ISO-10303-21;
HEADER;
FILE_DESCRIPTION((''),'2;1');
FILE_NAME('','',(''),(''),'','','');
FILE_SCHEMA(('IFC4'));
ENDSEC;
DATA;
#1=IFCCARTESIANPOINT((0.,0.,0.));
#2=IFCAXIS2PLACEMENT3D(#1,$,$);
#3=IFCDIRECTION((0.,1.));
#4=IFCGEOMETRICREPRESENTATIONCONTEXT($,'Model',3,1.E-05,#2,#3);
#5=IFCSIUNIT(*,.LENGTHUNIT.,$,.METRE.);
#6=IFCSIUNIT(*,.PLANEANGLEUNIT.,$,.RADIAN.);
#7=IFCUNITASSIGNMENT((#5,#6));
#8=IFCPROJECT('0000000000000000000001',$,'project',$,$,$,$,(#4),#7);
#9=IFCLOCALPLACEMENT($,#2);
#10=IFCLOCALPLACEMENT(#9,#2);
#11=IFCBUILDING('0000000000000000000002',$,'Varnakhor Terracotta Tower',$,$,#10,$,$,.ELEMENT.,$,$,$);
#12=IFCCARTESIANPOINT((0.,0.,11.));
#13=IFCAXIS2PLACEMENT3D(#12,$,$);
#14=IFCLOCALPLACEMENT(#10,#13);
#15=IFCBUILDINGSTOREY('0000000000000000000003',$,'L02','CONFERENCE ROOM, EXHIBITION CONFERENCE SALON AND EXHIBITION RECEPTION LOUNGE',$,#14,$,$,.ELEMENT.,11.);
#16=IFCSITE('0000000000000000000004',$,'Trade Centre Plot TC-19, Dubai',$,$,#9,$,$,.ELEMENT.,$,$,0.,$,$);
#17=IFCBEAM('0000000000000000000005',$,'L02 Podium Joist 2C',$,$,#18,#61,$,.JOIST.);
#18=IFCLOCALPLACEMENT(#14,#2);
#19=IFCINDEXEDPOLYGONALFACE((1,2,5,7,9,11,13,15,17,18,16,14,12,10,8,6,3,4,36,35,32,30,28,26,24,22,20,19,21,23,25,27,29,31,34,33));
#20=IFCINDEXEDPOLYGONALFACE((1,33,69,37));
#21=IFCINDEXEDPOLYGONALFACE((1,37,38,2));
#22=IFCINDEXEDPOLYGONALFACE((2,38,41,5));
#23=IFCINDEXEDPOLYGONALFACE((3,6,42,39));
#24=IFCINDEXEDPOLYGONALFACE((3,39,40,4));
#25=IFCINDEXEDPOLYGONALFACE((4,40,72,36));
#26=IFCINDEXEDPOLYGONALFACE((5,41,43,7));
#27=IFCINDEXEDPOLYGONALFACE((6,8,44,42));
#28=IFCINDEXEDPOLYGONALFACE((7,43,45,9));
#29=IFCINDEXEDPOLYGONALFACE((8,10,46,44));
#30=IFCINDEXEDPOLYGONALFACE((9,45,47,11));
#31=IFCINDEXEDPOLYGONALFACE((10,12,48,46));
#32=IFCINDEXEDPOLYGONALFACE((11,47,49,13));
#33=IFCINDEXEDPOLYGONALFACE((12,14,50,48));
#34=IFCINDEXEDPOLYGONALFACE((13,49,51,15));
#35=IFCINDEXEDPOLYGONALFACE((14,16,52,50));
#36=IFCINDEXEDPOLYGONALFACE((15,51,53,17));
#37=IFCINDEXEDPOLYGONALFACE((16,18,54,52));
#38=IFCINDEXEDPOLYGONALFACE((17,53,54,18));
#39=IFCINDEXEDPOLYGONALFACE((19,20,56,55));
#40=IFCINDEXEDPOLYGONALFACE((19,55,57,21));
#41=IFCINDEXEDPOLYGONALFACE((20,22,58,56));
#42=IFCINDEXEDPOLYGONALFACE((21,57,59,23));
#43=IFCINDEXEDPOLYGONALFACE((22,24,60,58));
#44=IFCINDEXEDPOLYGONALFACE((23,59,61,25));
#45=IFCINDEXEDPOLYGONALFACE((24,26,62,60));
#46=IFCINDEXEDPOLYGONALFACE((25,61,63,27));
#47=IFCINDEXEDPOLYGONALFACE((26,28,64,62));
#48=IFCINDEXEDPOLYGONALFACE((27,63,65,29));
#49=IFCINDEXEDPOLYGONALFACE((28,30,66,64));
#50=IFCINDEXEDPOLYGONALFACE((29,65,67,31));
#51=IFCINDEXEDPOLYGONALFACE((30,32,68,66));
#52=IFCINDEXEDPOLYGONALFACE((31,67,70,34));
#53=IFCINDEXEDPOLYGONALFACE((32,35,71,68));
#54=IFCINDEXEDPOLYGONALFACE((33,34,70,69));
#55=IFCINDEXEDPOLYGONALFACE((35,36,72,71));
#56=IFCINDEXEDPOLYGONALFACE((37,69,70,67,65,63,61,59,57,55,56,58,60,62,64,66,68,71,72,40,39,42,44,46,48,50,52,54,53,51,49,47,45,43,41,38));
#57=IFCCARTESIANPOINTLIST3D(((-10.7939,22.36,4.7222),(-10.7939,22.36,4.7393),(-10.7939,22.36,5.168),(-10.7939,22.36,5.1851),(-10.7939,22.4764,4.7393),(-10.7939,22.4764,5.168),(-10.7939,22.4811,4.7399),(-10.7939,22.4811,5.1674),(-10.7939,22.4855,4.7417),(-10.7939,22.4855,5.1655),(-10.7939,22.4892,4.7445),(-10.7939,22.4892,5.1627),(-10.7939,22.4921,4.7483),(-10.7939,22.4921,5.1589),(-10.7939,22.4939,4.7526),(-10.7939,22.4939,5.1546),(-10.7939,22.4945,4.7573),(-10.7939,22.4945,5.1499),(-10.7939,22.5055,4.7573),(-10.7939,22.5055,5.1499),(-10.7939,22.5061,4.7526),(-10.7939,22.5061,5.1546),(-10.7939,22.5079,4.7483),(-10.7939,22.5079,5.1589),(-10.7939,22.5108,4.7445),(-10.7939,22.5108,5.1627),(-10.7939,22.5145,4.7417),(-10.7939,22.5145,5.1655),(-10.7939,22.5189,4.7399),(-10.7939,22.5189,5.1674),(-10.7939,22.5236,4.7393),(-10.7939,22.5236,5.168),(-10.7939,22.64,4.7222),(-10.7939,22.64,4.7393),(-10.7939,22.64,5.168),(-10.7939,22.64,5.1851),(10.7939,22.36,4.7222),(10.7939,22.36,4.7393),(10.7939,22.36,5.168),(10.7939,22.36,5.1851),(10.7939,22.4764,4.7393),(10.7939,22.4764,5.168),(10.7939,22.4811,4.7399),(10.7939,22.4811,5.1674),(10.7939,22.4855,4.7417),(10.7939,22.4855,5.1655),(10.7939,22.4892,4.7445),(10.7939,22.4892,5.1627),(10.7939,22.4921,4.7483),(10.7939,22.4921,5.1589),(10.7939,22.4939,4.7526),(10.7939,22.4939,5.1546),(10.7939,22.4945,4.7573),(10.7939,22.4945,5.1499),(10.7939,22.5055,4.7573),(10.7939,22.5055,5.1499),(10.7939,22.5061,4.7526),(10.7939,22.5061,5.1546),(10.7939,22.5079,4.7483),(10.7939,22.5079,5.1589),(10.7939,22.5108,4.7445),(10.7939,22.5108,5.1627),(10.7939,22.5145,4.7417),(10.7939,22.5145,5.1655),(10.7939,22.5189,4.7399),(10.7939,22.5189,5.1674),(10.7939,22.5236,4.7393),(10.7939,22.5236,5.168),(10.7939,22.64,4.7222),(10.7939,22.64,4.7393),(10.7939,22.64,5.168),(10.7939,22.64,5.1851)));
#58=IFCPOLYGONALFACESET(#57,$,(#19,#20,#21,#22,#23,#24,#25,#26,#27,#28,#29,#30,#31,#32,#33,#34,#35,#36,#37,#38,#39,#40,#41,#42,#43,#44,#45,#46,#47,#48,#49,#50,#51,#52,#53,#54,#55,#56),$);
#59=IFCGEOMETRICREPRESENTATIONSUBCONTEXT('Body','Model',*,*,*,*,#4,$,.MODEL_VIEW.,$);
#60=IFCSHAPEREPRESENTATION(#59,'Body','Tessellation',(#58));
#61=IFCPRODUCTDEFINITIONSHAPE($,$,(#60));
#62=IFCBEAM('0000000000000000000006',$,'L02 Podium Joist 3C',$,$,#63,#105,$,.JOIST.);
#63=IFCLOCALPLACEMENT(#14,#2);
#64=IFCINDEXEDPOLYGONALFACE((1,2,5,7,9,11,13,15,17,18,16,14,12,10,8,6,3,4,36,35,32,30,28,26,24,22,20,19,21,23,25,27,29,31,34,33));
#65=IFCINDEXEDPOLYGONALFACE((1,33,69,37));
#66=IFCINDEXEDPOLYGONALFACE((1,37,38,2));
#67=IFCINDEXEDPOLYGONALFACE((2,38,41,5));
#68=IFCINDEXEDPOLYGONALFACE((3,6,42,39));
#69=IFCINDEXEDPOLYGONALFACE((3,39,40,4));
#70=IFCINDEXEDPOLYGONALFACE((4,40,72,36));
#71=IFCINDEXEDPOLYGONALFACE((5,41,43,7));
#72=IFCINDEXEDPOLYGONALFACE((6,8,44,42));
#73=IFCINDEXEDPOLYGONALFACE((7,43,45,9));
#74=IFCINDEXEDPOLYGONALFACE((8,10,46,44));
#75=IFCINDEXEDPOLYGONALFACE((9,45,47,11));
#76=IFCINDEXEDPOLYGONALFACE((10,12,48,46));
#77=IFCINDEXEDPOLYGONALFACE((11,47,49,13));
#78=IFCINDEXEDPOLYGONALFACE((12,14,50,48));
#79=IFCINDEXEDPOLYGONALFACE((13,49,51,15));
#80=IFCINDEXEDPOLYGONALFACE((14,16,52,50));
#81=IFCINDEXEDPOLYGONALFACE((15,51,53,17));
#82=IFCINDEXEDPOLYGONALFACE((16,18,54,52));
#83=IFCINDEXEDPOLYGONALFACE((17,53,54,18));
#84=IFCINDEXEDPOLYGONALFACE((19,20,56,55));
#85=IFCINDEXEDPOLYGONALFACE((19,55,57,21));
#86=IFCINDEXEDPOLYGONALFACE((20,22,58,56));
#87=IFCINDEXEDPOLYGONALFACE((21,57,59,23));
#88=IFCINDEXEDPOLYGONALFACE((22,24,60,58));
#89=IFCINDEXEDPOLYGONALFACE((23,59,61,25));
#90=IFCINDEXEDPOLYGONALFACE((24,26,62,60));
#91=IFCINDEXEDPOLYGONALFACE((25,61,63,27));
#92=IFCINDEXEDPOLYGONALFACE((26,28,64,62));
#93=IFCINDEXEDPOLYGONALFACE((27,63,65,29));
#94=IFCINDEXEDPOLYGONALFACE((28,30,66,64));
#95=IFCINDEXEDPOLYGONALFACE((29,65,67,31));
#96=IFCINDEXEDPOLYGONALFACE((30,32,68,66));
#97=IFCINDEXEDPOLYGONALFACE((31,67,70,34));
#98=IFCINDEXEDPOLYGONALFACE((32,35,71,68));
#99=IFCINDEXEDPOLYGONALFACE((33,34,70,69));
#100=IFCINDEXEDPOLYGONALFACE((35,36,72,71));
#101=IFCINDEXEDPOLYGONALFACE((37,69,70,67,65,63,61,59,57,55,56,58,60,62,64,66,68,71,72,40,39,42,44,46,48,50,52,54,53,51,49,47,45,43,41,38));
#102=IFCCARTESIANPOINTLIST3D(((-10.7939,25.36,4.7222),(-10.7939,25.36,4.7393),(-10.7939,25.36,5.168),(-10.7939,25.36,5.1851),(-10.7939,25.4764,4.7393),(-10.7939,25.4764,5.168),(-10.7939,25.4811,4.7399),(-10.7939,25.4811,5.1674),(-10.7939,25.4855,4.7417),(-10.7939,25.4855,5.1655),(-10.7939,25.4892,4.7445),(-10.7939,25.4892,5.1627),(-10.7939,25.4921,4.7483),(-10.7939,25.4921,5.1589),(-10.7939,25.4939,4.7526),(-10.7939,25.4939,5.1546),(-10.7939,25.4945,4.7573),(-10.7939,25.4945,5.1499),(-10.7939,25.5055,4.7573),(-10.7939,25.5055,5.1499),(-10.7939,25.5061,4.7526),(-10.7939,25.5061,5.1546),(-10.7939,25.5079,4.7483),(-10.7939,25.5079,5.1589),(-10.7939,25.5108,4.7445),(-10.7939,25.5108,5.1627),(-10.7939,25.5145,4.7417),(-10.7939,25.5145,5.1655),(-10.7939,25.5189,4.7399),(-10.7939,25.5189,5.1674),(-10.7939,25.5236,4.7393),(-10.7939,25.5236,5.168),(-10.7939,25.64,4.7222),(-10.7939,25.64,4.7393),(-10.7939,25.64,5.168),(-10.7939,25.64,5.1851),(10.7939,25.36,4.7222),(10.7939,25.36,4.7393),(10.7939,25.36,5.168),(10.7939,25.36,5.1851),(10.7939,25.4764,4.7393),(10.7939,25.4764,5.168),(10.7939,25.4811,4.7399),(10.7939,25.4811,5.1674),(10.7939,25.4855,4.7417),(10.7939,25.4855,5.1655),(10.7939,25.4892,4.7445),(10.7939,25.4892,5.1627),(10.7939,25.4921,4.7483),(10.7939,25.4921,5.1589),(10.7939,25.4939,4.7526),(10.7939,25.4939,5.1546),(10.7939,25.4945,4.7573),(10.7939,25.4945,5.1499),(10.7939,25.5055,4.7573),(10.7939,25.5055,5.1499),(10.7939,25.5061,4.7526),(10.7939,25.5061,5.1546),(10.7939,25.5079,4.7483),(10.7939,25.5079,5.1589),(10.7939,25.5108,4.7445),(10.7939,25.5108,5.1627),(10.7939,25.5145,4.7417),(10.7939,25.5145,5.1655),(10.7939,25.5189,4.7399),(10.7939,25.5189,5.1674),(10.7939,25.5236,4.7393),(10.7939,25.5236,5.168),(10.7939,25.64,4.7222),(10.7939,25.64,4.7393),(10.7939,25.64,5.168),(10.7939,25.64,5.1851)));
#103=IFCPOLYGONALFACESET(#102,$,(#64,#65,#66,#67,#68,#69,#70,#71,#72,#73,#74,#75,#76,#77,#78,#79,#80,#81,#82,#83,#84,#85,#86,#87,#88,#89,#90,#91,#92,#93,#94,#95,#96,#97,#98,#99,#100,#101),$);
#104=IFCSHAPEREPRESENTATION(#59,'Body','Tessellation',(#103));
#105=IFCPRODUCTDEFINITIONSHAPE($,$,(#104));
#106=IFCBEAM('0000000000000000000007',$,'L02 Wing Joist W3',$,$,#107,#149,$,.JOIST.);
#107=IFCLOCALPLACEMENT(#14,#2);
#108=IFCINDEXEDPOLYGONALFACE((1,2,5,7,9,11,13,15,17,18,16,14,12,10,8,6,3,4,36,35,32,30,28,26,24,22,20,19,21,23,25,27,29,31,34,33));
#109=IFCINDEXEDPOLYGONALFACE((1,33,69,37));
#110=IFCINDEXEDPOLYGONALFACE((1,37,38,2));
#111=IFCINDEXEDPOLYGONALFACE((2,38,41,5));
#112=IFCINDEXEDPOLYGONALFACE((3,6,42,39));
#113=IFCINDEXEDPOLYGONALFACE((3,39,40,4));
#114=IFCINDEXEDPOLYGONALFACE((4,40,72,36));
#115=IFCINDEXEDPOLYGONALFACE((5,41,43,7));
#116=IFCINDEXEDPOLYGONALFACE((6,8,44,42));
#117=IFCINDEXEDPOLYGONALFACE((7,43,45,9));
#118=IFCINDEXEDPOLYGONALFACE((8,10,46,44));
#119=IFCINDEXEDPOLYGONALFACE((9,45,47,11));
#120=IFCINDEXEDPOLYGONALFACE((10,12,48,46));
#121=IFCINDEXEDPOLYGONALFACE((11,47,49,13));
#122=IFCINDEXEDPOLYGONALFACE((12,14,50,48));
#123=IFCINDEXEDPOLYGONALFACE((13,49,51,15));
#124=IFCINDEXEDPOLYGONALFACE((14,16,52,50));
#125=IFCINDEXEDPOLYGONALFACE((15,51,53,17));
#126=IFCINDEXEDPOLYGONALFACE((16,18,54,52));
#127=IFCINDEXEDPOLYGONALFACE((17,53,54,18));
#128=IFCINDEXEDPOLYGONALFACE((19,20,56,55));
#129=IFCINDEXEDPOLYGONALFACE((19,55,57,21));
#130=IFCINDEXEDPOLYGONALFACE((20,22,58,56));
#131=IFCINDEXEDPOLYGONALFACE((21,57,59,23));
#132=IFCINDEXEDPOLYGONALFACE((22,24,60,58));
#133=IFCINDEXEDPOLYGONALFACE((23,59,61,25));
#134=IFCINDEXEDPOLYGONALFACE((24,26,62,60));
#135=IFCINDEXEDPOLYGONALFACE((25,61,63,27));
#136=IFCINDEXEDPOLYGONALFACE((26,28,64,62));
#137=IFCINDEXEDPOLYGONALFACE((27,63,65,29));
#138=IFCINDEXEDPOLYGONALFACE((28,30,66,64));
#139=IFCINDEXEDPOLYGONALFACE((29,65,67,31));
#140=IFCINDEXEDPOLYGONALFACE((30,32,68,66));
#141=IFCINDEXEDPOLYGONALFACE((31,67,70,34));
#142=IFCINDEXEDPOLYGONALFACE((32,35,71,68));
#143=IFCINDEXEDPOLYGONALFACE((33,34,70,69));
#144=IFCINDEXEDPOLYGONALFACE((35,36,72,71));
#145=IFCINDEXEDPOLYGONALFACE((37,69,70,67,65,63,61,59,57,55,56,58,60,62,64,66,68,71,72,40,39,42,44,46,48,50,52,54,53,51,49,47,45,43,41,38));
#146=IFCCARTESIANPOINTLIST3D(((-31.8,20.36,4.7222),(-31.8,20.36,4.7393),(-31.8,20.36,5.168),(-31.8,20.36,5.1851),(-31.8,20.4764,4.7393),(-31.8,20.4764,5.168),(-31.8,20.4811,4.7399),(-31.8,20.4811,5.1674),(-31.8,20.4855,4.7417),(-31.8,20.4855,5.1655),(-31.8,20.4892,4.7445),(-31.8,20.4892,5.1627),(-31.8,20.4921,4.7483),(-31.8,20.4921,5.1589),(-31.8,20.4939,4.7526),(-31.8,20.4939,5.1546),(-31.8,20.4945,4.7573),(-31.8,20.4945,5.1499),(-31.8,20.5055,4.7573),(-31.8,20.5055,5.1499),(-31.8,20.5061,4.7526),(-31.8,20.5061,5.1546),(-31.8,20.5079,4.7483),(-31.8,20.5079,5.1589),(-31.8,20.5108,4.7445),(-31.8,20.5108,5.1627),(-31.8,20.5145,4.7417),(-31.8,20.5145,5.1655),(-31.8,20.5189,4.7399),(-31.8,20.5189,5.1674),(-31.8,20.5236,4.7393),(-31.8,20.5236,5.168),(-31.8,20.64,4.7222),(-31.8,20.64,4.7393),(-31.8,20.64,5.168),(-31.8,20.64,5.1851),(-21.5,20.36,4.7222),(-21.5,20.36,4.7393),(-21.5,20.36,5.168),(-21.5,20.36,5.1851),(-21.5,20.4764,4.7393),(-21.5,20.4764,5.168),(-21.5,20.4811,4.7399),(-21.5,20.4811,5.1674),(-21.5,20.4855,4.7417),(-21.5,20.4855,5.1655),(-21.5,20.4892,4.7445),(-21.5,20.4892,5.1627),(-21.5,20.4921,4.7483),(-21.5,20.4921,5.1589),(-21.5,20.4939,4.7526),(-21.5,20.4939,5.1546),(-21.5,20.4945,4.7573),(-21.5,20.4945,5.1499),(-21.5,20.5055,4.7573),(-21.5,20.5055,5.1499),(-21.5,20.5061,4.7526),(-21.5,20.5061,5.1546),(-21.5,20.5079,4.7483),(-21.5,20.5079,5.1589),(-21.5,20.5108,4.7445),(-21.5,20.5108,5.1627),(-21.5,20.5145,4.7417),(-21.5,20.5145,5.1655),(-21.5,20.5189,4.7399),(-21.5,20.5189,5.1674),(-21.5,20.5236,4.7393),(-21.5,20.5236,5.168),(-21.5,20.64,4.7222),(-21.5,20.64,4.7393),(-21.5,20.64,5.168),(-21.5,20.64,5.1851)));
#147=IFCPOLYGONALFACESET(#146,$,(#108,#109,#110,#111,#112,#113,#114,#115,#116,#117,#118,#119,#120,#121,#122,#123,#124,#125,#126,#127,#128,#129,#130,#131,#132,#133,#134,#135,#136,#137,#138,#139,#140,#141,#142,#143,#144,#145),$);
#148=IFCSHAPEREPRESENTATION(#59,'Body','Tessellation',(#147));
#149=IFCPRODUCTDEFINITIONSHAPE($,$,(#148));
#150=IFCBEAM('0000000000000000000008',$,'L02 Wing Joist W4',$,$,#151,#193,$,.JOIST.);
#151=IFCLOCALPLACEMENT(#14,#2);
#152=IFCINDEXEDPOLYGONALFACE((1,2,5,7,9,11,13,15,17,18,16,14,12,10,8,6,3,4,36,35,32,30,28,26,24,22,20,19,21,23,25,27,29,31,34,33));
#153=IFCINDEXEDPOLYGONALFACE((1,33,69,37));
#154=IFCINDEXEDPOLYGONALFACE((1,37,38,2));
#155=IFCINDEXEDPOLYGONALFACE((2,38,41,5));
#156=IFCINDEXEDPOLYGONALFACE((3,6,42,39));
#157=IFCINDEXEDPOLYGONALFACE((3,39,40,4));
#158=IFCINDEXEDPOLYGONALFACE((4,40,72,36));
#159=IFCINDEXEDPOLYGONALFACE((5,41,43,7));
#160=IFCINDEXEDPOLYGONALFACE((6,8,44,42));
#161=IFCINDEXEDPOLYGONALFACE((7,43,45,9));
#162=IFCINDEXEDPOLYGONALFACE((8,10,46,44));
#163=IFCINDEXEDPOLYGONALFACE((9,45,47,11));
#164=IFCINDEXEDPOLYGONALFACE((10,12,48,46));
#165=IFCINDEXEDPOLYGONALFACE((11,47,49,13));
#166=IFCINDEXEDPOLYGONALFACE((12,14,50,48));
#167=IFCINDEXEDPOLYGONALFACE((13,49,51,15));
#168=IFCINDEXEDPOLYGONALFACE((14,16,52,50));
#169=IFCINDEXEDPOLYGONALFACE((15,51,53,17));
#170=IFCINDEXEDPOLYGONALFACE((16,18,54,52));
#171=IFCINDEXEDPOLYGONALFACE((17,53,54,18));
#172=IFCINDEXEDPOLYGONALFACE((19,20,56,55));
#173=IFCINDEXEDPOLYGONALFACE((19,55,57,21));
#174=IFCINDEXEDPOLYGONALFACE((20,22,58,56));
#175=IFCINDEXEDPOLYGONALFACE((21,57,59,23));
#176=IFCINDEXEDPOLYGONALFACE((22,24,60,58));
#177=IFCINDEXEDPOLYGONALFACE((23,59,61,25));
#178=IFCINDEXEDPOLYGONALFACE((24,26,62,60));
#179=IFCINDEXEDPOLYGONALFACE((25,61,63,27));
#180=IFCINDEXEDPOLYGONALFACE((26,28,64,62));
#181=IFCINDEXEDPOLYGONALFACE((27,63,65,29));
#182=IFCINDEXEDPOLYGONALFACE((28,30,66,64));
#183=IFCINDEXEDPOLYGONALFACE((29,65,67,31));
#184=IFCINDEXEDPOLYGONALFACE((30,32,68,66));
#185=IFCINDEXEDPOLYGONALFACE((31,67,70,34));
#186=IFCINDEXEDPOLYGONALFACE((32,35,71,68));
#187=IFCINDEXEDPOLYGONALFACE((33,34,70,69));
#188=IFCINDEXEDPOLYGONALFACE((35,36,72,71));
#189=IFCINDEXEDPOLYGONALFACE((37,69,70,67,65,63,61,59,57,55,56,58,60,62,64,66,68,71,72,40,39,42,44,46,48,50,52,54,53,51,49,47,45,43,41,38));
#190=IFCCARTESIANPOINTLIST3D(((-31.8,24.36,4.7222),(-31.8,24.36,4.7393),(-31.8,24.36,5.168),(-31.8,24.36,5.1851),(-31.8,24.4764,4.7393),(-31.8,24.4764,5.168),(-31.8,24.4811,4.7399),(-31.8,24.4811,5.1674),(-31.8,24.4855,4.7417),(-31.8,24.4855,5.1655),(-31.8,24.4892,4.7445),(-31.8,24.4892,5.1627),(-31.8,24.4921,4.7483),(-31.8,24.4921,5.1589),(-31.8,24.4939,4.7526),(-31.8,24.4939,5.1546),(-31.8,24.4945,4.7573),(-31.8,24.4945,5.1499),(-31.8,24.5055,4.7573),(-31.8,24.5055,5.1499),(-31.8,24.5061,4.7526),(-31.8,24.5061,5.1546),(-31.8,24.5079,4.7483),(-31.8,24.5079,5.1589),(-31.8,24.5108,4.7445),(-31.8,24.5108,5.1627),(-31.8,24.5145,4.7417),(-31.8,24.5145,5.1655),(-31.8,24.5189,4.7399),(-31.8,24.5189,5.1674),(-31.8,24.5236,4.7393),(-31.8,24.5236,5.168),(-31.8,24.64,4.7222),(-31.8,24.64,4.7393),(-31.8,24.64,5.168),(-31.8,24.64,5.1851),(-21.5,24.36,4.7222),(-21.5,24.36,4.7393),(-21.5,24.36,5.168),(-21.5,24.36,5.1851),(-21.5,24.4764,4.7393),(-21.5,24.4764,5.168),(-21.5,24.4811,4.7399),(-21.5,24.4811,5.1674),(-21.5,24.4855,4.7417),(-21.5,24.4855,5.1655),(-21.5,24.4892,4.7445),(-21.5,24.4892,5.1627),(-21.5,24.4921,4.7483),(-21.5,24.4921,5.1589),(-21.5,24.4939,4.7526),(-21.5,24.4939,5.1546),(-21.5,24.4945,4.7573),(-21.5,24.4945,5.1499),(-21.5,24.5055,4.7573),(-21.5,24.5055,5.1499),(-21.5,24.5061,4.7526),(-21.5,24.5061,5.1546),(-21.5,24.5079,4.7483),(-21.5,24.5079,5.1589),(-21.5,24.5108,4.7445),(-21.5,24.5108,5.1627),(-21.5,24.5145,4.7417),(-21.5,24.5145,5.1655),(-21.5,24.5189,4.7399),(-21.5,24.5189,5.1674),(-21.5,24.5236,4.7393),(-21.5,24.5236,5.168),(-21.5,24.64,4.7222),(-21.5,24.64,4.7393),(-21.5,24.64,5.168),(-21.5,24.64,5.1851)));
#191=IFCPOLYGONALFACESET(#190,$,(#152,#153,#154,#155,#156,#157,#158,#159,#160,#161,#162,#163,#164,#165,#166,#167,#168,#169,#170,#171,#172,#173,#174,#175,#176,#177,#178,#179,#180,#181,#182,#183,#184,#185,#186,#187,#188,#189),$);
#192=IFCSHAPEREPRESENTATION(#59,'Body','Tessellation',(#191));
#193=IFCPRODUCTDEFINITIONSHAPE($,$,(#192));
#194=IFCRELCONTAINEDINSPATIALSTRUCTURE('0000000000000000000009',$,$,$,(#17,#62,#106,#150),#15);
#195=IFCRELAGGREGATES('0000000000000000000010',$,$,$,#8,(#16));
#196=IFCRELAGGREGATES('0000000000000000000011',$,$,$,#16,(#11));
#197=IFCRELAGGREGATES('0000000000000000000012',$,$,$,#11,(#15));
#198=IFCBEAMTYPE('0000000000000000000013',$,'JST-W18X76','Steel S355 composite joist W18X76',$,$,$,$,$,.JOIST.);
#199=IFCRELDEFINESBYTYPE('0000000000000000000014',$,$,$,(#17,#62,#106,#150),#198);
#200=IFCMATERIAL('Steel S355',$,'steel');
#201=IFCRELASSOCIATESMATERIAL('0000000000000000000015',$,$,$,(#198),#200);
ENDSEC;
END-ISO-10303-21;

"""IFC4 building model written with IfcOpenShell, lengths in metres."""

from ifc_helpers import new_model, si_unit, direction, frame, origin, origin_2d, place, context, subcontext, project, spatial, i_section, extrude, source, transform, mapped, material, material_profile, profile_set, type_object, element, save


model = new_model("IFC4")

# Units and contexts
model_context = context("Model", 3, precision=1e-05, world=origin(), true_north=direction((0.0, 1.0)))
body_context = subcontext(model_context, "Body", "Model", "MODEL_VIEW")
ifc_project = project(units=[si_unit("LENGTHUNIT", "METRE"), si_unit("PLANEANGLEUNIT", "RADIAN")], contexts=[model_context])

# Site, building, storey
site_placement = place(None, origin())
site = spatial("IfcSite", under=ifc_project, at=site_placement, Name="Trade Centre Plot TC-19, Dubai", CompositionType="ELEMENT", RefElevation=0.0)
building_placement = place(site_placement, origin())
building = spatial("IfcBuilding", under=site, at=building_placement, Name="Varnakhor Terracotta Tower", CompositionType="ELEMENT")
storey_placement = place(building_placement, frame((0.0, 0.0, 11.0)))
storey = spatial("IfcBuildingStorey", under=building, at=storey_placement, Name="L02", Description="CONFERENCE ROOM, EXHIBITION CONFERENCE SALON AND EXHIBITION RECEPTION LOUNGE", CompositionType="ELEMENT", Elevation=11.0)

# Beams
ifc_material_1 = material(Name="Steel S355", Category="steel")
ifc_material_profile_1 = material_profile(ifc_material_1, i_section(OverallWidth=0.28, OverallDepth=0.4629, WebThickness=0.011, FlangeThickness=0.0171, FilletRadius=0.0181, at=origin_2d()), Name="W18X76")
ifc_profile_set_1 = profile_set([ifc_material_profile_1], Name="Steel S355")
beam_type_1 = type_object("IfcBeamType", Name="JST-W18X76", Description="Steel S355 composite joist W18X76", PredefinedType="JOIST", material=ifc_profile_set_1)
shared_shape_1 = source(origin(), body_context, "Body", "SweptSolid", [
    extrude(i_section(OverallWidth=0.28, OverallDepth=0.4629, WebThickness=0.011, FlangeThickness=0.0171, FilletRadius=0.0181, at=origin_2d()), origin(), (0.0, 0.0, 1.0), 21.5879),
])
for number, where, z_axis, x_axis, name in (
    (1, (-10.7939, 22.5, 4.9536), (1.0, 0.0, 0.0), (0.0, 1.0, 0.0), "L02 Podium Joist 2C"),
    (2, (-10.7939, 25.5, 4.9536), (1.0, 0.0, 0.0), (0.0, 1.0, 0.0), "L02 Podium Joist 3C"),
):
    element("IfcBeam", number, at=place(storey_placement, frame(where, z_axis=z_axis, x_axis=x_axis)), inside=storey, type_object=beam_type_1, Name=name, PredefinedType="JOIST", context=body_context, shape_type="MappedRepresentation", body=[
        mapped(shared_shape_1, transform((0.0, 0.0, 0.0), scale=1.0)),
    ])
shared_shape_2 = source(origin(), body_context, "Body", "SweptSolid", [
    extrude(i_section(OverallWidth=0.28, OverallDepth=0.4629, WebThickness=0.011, FlangeThickness=0.0171, FilletRadius=0.0181, at=origin_2d()), origin(), (0.0, 0.0, 1.0), 10.3),
])
for number, where, z_axis, x_axis, name in (
    (3, (-31.8, 20.5, 4.9536), (1.0, 0.0, 0.0), (0.0, 1.0, 0.0), "L02 Wing Joist W3"),
    (4, (-31.8, 24.5, 4.9536), (1.0, 0.0, 0.0), (0.0, 1.0, 0.0), "L02 Wing Joist W4"),
):
    element("IfcBeam", number, at=place(storey_placement, frame(where, z_axis=z_axis, x_axis=x_axis)), inside=storey, type_object=beam_type_1, Name=name, PredefinedType="JOIST", context=body_context, shape_type="MappedRepresentation", body=[
        mapped(shared_shape_2, transform((0.0, 0.0, 0.0), scale=1.0)),
    ])

save(model, "model.ifc")
